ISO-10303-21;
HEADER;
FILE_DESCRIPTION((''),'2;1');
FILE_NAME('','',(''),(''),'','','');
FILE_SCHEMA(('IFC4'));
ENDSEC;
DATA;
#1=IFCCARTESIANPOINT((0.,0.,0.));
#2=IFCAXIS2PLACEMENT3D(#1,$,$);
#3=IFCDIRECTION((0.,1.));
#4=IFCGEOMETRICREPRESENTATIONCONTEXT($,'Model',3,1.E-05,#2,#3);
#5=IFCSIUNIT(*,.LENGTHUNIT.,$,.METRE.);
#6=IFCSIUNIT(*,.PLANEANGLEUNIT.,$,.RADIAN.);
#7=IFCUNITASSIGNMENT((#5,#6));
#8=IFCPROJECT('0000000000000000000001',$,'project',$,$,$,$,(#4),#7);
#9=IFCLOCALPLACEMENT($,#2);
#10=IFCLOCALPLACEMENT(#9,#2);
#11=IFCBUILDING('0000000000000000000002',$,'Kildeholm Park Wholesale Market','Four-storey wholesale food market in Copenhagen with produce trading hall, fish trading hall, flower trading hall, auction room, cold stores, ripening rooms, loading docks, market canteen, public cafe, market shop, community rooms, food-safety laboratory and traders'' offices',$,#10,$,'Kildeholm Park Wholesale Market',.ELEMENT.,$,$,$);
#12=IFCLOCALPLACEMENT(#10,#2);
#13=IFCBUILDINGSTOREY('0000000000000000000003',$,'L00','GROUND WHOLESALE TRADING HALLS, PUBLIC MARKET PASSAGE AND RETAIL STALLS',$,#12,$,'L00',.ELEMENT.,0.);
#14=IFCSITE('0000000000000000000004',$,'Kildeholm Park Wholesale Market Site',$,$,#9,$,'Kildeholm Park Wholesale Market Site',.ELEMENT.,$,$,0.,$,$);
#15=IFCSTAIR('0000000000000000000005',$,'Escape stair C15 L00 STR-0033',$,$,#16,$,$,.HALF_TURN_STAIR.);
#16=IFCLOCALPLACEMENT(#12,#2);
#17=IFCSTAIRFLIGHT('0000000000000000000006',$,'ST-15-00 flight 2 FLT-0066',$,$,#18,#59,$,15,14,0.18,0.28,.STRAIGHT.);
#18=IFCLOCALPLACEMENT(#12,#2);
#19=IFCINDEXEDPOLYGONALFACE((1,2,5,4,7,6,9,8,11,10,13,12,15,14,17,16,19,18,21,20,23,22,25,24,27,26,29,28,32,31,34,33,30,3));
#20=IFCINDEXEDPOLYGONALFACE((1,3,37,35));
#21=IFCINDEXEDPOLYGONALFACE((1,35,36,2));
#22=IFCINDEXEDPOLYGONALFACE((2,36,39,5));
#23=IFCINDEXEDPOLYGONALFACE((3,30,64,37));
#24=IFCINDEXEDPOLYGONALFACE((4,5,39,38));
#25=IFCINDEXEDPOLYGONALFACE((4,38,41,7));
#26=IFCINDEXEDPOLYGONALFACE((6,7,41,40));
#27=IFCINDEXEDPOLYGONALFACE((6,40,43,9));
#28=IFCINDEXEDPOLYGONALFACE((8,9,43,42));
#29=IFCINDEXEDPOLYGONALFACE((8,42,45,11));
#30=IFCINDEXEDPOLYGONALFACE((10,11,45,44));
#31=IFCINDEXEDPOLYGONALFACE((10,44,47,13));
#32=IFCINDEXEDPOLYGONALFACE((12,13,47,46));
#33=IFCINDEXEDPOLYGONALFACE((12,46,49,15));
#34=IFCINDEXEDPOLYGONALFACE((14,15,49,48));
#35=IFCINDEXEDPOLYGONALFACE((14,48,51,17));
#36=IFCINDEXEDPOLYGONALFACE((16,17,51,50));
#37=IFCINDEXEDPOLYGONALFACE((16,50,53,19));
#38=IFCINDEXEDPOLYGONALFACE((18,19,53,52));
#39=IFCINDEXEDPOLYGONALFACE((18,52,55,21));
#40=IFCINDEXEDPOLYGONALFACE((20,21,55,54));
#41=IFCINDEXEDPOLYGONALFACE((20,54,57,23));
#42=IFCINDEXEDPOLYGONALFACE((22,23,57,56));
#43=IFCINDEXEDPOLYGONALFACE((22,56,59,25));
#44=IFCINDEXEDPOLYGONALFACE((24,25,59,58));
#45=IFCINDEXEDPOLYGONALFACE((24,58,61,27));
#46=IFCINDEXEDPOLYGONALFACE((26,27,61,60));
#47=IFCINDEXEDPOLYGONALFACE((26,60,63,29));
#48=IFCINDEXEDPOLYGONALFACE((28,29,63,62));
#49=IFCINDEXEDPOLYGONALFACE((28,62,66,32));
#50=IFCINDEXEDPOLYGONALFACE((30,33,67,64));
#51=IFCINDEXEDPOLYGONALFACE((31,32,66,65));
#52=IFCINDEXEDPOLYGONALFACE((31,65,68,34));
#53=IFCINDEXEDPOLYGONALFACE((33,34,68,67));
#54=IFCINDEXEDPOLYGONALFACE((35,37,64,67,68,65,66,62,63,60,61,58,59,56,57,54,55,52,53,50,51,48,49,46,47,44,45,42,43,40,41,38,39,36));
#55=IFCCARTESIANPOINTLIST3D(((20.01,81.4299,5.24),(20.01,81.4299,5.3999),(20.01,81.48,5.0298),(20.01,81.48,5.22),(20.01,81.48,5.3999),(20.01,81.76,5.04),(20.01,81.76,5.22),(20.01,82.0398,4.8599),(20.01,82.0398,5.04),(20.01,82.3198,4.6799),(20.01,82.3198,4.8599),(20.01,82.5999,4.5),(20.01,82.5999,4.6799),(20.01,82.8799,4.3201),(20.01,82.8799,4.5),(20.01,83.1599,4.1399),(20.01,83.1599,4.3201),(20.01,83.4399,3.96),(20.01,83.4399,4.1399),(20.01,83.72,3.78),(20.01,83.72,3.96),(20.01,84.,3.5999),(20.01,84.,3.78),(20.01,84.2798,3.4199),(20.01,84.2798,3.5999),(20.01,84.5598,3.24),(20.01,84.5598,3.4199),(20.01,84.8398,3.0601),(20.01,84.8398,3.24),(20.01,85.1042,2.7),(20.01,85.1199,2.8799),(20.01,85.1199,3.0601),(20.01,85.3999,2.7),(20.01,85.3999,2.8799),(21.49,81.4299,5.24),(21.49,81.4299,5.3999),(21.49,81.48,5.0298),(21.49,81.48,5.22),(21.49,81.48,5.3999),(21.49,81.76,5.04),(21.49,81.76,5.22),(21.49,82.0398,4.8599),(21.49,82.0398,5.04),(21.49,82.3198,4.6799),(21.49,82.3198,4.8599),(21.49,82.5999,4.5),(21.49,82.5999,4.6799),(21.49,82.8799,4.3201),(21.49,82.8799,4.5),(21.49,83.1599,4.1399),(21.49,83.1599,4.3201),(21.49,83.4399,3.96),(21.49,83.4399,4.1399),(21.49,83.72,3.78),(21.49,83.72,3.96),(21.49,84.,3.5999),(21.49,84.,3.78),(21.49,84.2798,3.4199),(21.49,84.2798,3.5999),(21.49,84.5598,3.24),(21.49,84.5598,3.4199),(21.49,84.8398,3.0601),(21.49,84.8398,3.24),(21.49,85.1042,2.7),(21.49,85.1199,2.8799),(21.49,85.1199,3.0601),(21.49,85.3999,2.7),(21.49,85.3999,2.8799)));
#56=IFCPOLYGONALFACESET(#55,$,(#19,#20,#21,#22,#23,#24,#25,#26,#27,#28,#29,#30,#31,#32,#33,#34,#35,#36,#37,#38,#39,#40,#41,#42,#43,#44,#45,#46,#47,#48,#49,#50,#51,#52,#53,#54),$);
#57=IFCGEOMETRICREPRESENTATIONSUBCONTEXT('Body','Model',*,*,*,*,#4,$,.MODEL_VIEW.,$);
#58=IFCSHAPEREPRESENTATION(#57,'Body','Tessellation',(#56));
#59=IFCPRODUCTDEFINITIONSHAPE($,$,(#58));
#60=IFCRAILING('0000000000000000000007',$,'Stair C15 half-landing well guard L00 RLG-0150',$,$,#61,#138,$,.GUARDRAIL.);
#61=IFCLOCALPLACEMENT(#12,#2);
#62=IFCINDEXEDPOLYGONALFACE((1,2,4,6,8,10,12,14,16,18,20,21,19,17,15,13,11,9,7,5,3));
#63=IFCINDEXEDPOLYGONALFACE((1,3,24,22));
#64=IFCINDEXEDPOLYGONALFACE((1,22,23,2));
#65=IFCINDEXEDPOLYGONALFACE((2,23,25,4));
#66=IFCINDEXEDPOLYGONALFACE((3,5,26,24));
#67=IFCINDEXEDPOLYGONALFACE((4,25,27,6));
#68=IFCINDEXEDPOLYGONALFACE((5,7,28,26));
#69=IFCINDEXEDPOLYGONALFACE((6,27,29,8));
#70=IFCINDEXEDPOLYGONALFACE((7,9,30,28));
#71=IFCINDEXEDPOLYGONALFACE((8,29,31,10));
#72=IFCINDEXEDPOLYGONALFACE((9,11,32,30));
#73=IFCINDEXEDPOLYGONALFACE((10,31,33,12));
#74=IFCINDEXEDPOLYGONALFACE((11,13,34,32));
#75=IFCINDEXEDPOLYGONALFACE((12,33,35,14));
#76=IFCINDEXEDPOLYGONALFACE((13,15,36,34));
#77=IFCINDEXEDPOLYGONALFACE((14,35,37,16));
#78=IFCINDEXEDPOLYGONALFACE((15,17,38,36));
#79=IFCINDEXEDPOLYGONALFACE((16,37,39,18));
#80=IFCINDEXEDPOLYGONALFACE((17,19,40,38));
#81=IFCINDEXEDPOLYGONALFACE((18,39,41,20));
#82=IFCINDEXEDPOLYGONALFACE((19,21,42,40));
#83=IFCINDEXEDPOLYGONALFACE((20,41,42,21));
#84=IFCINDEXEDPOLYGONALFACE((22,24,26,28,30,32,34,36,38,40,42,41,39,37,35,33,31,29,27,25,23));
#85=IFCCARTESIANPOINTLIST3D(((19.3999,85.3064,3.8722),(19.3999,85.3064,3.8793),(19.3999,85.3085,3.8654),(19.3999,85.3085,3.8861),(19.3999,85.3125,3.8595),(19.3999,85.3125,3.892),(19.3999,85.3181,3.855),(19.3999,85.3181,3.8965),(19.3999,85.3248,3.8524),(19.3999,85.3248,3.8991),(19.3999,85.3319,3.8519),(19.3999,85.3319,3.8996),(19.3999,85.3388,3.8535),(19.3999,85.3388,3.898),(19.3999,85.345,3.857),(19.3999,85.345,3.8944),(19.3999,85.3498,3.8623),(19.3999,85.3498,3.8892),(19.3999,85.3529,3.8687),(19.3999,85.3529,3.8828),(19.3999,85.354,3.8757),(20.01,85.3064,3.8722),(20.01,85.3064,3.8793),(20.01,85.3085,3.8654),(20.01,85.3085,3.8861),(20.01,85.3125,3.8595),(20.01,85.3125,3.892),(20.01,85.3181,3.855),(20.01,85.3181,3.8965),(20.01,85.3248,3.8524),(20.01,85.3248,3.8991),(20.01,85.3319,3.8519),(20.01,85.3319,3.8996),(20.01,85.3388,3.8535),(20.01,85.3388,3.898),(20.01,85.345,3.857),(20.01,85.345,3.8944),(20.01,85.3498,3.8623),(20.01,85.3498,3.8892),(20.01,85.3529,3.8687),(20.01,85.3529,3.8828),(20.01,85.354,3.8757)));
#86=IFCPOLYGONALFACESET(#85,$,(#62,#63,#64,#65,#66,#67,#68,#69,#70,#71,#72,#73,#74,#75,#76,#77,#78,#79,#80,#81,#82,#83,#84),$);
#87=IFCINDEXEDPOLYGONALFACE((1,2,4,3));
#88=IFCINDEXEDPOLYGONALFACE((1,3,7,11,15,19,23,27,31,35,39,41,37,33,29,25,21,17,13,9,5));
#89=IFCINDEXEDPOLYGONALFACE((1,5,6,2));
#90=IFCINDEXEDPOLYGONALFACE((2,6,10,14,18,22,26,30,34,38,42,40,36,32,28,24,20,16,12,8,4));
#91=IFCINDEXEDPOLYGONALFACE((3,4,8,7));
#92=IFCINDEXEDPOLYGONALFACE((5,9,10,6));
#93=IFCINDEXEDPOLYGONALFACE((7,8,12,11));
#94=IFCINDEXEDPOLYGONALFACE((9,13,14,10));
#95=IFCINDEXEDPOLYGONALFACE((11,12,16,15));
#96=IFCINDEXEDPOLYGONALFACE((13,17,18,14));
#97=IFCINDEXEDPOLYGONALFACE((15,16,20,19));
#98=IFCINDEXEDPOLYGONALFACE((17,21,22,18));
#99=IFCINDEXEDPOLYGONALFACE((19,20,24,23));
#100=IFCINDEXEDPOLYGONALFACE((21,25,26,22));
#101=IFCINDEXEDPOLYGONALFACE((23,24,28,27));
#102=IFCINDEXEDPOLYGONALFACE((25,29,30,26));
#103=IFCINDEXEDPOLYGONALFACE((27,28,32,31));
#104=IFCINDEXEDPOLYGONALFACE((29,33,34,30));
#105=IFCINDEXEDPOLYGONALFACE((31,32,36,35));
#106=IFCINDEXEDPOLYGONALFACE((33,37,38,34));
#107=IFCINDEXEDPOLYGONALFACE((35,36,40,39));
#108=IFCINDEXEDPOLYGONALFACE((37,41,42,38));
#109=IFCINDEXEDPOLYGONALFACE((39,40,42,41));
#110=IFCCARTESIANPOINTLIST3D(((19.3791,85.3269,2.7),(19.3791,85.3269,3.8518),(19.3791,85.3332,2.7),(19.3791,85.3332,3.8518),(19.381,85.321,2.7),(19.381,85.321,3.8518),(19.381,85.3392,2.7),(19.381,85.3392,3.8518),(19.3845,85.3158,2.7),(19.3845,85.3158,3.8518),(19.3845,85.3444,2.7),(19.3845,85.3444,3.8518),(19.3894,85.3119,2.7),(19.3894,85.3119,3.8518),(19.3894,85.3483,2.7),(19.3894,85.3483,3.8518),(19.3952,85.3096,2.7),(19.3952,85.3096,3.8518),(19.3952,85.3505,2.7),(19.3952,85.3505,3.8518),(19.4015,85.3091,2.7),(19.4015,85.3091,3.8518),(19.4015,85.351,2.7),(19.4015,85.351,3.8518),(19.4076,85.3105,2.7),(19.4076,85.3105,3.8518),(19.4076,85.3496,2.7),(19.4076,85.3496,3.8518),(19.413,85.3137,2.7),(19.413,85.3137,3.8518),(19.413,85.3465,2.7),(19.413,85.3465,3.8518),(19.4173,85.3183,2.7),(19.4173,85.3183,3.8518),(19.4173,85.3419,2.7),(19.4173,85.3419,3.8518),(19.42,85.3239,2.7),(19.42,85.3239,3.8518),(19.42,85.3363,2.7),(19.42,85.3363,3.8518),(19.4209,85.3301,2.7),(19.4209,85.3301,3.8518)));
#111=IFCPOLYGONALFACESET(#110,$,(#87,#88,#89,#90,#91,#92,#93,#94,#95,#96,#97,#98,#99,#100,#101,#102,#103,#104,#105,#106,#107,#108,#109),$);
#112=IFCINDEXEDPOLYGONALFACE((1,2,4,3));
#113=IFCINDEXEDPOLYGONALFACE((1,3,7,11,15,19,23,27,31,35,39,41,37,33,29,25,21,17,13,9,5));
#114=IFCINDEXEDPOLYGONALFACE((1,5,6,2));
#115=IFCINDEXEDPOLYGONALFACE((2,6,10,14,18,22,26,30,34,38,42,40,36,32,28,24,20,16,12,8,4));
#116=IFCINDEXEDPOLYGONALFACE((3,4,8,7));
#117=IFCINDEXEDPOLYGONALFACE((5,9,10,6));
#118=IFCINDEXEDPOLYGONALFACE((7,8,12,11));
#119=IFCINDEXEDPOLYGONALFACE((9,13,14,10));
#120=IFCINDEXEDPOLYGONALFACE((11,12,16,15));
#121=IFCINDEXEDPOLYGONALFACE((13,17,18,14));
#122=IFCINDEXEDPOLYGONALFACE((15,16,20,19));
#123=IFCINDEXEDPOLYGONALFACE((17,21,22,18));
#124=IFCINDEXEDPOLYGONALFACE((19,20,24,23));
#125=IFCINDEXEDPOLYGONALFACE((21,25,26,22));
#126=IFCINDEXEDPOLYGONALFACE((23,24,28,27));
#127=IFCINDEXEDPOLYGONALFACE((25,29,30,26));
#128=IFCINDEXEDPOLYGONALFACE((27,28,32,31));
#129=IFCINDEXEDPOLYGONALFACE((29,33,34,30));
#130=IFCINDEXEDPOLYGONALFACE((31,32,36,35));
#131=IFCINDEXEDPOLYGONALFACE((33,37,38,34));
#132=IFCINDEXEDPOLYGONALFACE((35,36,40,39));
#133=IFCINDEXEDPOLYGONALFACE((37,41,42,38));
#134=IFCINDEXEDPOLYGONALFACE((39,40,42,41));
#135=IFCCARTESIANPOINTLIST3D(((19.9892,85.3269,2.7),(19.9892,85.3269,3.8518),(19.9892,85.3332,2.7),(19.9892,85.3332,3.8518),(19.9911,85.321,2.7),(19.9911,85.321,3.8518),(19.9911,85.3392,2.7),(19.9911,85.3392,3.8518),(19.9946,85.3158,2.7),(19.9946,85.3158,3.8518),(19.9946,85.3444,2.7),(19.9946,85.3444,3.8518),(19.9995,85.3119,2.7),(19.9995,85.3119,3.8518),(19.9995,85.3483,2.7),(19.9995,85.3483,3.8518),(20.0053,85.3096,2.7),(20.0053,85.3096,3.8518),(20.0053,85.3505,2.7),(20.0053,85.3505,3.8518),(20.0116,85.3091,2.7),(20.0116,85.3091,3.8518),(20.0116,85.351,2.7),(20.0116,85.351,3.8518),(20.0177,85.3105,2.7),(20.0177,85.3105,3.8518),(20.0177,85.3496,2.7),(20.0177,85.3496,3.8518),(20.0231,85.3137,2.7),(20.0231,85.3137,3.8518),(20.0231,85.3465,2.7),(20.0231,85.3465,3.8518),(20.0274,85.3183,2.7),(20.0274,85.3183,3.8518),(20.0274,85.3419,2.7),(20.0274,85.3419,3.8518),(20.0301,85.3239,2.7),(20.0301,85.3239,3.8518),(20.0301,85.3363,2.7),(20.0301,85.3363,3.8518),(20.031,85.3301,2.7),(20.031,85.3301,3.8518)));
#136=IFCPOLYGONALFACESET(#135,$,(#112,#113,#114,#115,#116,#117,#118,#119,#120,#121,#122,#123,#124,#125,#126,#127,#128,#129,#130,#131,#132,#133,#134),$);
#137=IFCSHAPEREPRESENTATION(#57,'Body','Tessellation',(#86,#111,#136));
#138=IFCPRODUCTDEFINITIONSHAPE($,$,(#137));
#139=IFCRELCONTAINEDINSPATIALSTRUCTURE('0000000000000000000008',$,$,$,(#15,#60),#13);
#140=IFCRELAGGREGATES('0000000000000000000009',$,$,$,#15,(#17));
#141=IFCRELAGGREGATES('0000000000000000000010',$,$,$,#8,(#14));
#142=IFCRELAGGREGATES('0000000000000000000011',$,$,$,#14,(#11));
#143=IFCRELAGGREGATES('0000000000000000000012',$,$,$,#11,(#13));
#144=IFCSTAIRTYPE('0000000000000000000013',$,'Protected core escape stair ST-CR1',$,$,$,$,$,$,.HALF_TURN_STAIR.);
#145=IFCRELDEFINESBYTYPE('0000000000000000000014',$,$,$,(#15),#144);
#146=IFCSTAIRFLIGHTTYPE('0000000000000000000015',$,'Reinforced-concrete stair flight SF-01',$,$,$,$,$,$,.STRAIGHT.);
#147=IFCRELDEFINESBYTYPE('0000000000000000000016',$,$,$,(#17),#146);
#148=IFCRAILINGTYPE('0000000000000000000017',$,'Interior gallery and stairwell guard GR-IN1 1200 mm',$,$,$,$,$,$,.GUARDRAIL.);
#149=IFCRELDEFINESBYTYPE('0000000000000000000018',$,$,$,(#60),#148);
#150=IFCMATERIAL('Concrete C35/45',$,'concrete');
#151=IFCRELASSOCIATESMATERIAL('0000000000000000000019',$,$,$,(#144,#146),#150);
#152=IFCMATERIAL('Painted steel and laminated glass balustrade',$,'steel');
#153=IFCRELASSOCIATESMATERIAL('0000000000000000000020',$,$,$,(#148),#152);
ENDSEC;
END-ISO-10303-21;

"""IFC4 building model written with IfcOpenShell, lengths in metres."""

from ifc_helpers import new_model, si_unit, direction, frame, origin, origin_2d, place, context, subcontext, project, spatial, polyline, circle, outline, extrude, material, type_object, element, aggregate, save


model = new_model("IFC4")

# Units and contexts
model_context = context("Model", 3, precision=1e-05, world=origin(), true_north=direction((0.0, 1.0)))
body_context = subcontext(model_context, "Body", "Model", "MODEL_VIEW")
ifc_project = project(units=[si_unit("LENGTHUNIT", "METRE"), si_unit("PLANEANGLEUNIT", "RADIAN")], contexts=[model_context])

# Site, building, storey
site_placement = place(None, origin())
site = spatial("IfcSite", under=ifc_project, at=site_placement, Name="Kildeholm Park Wholesale Market Site", LongName="Kildeholm Park Wholesale Market Site", CompositionType="ELEMENT", RefElevation=0.0)
building_placement = place(site_placement, origin())
building = spatial("IfcBuilding", under=site, at=building_placement, Name="Kildeholm Park Wholesale Market", Description="Four-storey wholesale food market in Copenhagen with produce trading hall, fish trading hall, flower trading hall, auction room, cold stores, ripening rooms, loading docks, market canteen, public cafe, market shop, community rooms, food-safety laboratory and traders' offices", LongName="Kildeholm Park Wholesale Market", CompositionType="ELEMENT")
storey_placement = place(building_placement, origin())
storey = spatial("IfcBuildingStorey", under=building, at=storey_placement, Name="L00", Description="GROUND WHOLESALE TRADING HALLS, PUBLIC MARKET PASSAGE AND RETAIL STALLS", LongName="L00", CompositionType="ELEMENT", Elevation=0.0)

# Shared definitions
ifc_material_1 = material(Name="Concrete C35/45", Category="concrete")

# Stair, stair flight
stair_type = type_object("IfcStairType", Name="Protected core escape stair ST-CR1", PredefinedType="HALF_TURN_STAIR", material=ifc_material_1)
stair_placement = place(storey_placement, origin())
stair = element("IfcStair", 1, at=stair_placement, inside=storey, type_object=stair_type, Name="Escape stair C15 L00 STR-0033", PredefinedType="HALF_TURN_STAIR")
stair_flight_type = type_object("IfcStairFlightType", Name="Reinforced-concrete stair flight SF-01", PredefinedType="STRAIGHT", material=ifc_material_1)
stair_flight_1_placement = place(storey_placement, frame((20.75, 85.3999, 2.7), z_axis=(0.0, 0.0, 1.0), x_axis=(0.0, -1.0, 0.0)))
stair_flight_1 = element("IfcStairFlight", 2, at=stair_flight_1_placement, type_object=stair_flight_type, Name="ST-15-00 flight 2 FLT-0066", NumberOfRisers=15, NumberOfTreads=14, PredefinedType="STRAIGHT", RiserHeight=0.18, TreadLength=0.28, context=body_context, shape_type="SweptSolid", body=[
    extrude(outline(polyline([(0.0, 0.0), (0.0, 0.1799), (0.28, 0.1799), (0.28, 0.3601), (0.5601, 0.3601), (0.5601, 0.54), (0.8401, 0.54), (0.8401, 0.72), (1.1201, 0.72), (1.1201, 0.8999), (1.3999, 0.8999), (1.3999, 1.0801), (1.6799, 1.0801), (1.6799, 1.26), (1.96, 1.26), (1.96, 1.4399), (2.24, 1.4399), (2.24, 1.6201), (2.52, 1.6201), (2.52, 1.8), (2.8, 1.8), (2.8, 1.98), (3.0801, 1.98), (3.0801, 2.1599), (3.3601, 2.1599), (3.3601, 2.3401), (3.6399, 2.3401), (3.6399, 2.52), (3.9199, 2.52), (3.9199, 2.7), (3.97, 2.7), (3.97, 2.54), (3.9199, 2.3298), (0.2957, 0.0), (0.0, 0.0)])), frame((0.0, 0.74, 0.0), z_axis=(0.0, -1.0, 0.0), x_axis=(1.0, 0.0, 0.0)), (0.0, 0.0, 1.0), 1.48),
])
aggregate(stair, [stair_flight_1])

# Railing
ifc_material_2 = material(Name="Painted steel and laminated glass balustrade", Category="steel")
railing_type_1 = type_object("IfcRailingType", Name="Interior gallery and stairwell guard GR-IN1 1200 mm", PredefinedType="GUARDRAIL", material=ifc_material_2)
railing_1_placement = place(storey_placement, frame((19.3999, 85.3301, 2.7)))
element("IfcRailing", 3, at=railing_1_placement, inside=storey, type_object=railing_type_1, Name="Stair C15 half-landing well guard L00 RLG-0150", PredefinedType="GUARDRAIL", context=body_context, shape_type="SweptSolid", body=[
    extrude(circle(Radius=0.0239, at=origin_2d()), frame((0.0, 0.0, 1.1758), z_axis=(1.0, 0.0, 0.0), x_axis=(0.0, 1.0, 0.0)), (0.0, 0.0, 1.0), 0.6101),
    extrude(circle(Radius=0.021, at=origin_2d()), origin(), (0.0, 0.0, 1.0), 1.1519),
    extrude(circle(Radius=0.021, at=origin_2d()), frame((0.6101, 0.0, 0.0)), (0.0, 0.0, 1.0), 1.1519),
])

save(model, "model.ifc")
